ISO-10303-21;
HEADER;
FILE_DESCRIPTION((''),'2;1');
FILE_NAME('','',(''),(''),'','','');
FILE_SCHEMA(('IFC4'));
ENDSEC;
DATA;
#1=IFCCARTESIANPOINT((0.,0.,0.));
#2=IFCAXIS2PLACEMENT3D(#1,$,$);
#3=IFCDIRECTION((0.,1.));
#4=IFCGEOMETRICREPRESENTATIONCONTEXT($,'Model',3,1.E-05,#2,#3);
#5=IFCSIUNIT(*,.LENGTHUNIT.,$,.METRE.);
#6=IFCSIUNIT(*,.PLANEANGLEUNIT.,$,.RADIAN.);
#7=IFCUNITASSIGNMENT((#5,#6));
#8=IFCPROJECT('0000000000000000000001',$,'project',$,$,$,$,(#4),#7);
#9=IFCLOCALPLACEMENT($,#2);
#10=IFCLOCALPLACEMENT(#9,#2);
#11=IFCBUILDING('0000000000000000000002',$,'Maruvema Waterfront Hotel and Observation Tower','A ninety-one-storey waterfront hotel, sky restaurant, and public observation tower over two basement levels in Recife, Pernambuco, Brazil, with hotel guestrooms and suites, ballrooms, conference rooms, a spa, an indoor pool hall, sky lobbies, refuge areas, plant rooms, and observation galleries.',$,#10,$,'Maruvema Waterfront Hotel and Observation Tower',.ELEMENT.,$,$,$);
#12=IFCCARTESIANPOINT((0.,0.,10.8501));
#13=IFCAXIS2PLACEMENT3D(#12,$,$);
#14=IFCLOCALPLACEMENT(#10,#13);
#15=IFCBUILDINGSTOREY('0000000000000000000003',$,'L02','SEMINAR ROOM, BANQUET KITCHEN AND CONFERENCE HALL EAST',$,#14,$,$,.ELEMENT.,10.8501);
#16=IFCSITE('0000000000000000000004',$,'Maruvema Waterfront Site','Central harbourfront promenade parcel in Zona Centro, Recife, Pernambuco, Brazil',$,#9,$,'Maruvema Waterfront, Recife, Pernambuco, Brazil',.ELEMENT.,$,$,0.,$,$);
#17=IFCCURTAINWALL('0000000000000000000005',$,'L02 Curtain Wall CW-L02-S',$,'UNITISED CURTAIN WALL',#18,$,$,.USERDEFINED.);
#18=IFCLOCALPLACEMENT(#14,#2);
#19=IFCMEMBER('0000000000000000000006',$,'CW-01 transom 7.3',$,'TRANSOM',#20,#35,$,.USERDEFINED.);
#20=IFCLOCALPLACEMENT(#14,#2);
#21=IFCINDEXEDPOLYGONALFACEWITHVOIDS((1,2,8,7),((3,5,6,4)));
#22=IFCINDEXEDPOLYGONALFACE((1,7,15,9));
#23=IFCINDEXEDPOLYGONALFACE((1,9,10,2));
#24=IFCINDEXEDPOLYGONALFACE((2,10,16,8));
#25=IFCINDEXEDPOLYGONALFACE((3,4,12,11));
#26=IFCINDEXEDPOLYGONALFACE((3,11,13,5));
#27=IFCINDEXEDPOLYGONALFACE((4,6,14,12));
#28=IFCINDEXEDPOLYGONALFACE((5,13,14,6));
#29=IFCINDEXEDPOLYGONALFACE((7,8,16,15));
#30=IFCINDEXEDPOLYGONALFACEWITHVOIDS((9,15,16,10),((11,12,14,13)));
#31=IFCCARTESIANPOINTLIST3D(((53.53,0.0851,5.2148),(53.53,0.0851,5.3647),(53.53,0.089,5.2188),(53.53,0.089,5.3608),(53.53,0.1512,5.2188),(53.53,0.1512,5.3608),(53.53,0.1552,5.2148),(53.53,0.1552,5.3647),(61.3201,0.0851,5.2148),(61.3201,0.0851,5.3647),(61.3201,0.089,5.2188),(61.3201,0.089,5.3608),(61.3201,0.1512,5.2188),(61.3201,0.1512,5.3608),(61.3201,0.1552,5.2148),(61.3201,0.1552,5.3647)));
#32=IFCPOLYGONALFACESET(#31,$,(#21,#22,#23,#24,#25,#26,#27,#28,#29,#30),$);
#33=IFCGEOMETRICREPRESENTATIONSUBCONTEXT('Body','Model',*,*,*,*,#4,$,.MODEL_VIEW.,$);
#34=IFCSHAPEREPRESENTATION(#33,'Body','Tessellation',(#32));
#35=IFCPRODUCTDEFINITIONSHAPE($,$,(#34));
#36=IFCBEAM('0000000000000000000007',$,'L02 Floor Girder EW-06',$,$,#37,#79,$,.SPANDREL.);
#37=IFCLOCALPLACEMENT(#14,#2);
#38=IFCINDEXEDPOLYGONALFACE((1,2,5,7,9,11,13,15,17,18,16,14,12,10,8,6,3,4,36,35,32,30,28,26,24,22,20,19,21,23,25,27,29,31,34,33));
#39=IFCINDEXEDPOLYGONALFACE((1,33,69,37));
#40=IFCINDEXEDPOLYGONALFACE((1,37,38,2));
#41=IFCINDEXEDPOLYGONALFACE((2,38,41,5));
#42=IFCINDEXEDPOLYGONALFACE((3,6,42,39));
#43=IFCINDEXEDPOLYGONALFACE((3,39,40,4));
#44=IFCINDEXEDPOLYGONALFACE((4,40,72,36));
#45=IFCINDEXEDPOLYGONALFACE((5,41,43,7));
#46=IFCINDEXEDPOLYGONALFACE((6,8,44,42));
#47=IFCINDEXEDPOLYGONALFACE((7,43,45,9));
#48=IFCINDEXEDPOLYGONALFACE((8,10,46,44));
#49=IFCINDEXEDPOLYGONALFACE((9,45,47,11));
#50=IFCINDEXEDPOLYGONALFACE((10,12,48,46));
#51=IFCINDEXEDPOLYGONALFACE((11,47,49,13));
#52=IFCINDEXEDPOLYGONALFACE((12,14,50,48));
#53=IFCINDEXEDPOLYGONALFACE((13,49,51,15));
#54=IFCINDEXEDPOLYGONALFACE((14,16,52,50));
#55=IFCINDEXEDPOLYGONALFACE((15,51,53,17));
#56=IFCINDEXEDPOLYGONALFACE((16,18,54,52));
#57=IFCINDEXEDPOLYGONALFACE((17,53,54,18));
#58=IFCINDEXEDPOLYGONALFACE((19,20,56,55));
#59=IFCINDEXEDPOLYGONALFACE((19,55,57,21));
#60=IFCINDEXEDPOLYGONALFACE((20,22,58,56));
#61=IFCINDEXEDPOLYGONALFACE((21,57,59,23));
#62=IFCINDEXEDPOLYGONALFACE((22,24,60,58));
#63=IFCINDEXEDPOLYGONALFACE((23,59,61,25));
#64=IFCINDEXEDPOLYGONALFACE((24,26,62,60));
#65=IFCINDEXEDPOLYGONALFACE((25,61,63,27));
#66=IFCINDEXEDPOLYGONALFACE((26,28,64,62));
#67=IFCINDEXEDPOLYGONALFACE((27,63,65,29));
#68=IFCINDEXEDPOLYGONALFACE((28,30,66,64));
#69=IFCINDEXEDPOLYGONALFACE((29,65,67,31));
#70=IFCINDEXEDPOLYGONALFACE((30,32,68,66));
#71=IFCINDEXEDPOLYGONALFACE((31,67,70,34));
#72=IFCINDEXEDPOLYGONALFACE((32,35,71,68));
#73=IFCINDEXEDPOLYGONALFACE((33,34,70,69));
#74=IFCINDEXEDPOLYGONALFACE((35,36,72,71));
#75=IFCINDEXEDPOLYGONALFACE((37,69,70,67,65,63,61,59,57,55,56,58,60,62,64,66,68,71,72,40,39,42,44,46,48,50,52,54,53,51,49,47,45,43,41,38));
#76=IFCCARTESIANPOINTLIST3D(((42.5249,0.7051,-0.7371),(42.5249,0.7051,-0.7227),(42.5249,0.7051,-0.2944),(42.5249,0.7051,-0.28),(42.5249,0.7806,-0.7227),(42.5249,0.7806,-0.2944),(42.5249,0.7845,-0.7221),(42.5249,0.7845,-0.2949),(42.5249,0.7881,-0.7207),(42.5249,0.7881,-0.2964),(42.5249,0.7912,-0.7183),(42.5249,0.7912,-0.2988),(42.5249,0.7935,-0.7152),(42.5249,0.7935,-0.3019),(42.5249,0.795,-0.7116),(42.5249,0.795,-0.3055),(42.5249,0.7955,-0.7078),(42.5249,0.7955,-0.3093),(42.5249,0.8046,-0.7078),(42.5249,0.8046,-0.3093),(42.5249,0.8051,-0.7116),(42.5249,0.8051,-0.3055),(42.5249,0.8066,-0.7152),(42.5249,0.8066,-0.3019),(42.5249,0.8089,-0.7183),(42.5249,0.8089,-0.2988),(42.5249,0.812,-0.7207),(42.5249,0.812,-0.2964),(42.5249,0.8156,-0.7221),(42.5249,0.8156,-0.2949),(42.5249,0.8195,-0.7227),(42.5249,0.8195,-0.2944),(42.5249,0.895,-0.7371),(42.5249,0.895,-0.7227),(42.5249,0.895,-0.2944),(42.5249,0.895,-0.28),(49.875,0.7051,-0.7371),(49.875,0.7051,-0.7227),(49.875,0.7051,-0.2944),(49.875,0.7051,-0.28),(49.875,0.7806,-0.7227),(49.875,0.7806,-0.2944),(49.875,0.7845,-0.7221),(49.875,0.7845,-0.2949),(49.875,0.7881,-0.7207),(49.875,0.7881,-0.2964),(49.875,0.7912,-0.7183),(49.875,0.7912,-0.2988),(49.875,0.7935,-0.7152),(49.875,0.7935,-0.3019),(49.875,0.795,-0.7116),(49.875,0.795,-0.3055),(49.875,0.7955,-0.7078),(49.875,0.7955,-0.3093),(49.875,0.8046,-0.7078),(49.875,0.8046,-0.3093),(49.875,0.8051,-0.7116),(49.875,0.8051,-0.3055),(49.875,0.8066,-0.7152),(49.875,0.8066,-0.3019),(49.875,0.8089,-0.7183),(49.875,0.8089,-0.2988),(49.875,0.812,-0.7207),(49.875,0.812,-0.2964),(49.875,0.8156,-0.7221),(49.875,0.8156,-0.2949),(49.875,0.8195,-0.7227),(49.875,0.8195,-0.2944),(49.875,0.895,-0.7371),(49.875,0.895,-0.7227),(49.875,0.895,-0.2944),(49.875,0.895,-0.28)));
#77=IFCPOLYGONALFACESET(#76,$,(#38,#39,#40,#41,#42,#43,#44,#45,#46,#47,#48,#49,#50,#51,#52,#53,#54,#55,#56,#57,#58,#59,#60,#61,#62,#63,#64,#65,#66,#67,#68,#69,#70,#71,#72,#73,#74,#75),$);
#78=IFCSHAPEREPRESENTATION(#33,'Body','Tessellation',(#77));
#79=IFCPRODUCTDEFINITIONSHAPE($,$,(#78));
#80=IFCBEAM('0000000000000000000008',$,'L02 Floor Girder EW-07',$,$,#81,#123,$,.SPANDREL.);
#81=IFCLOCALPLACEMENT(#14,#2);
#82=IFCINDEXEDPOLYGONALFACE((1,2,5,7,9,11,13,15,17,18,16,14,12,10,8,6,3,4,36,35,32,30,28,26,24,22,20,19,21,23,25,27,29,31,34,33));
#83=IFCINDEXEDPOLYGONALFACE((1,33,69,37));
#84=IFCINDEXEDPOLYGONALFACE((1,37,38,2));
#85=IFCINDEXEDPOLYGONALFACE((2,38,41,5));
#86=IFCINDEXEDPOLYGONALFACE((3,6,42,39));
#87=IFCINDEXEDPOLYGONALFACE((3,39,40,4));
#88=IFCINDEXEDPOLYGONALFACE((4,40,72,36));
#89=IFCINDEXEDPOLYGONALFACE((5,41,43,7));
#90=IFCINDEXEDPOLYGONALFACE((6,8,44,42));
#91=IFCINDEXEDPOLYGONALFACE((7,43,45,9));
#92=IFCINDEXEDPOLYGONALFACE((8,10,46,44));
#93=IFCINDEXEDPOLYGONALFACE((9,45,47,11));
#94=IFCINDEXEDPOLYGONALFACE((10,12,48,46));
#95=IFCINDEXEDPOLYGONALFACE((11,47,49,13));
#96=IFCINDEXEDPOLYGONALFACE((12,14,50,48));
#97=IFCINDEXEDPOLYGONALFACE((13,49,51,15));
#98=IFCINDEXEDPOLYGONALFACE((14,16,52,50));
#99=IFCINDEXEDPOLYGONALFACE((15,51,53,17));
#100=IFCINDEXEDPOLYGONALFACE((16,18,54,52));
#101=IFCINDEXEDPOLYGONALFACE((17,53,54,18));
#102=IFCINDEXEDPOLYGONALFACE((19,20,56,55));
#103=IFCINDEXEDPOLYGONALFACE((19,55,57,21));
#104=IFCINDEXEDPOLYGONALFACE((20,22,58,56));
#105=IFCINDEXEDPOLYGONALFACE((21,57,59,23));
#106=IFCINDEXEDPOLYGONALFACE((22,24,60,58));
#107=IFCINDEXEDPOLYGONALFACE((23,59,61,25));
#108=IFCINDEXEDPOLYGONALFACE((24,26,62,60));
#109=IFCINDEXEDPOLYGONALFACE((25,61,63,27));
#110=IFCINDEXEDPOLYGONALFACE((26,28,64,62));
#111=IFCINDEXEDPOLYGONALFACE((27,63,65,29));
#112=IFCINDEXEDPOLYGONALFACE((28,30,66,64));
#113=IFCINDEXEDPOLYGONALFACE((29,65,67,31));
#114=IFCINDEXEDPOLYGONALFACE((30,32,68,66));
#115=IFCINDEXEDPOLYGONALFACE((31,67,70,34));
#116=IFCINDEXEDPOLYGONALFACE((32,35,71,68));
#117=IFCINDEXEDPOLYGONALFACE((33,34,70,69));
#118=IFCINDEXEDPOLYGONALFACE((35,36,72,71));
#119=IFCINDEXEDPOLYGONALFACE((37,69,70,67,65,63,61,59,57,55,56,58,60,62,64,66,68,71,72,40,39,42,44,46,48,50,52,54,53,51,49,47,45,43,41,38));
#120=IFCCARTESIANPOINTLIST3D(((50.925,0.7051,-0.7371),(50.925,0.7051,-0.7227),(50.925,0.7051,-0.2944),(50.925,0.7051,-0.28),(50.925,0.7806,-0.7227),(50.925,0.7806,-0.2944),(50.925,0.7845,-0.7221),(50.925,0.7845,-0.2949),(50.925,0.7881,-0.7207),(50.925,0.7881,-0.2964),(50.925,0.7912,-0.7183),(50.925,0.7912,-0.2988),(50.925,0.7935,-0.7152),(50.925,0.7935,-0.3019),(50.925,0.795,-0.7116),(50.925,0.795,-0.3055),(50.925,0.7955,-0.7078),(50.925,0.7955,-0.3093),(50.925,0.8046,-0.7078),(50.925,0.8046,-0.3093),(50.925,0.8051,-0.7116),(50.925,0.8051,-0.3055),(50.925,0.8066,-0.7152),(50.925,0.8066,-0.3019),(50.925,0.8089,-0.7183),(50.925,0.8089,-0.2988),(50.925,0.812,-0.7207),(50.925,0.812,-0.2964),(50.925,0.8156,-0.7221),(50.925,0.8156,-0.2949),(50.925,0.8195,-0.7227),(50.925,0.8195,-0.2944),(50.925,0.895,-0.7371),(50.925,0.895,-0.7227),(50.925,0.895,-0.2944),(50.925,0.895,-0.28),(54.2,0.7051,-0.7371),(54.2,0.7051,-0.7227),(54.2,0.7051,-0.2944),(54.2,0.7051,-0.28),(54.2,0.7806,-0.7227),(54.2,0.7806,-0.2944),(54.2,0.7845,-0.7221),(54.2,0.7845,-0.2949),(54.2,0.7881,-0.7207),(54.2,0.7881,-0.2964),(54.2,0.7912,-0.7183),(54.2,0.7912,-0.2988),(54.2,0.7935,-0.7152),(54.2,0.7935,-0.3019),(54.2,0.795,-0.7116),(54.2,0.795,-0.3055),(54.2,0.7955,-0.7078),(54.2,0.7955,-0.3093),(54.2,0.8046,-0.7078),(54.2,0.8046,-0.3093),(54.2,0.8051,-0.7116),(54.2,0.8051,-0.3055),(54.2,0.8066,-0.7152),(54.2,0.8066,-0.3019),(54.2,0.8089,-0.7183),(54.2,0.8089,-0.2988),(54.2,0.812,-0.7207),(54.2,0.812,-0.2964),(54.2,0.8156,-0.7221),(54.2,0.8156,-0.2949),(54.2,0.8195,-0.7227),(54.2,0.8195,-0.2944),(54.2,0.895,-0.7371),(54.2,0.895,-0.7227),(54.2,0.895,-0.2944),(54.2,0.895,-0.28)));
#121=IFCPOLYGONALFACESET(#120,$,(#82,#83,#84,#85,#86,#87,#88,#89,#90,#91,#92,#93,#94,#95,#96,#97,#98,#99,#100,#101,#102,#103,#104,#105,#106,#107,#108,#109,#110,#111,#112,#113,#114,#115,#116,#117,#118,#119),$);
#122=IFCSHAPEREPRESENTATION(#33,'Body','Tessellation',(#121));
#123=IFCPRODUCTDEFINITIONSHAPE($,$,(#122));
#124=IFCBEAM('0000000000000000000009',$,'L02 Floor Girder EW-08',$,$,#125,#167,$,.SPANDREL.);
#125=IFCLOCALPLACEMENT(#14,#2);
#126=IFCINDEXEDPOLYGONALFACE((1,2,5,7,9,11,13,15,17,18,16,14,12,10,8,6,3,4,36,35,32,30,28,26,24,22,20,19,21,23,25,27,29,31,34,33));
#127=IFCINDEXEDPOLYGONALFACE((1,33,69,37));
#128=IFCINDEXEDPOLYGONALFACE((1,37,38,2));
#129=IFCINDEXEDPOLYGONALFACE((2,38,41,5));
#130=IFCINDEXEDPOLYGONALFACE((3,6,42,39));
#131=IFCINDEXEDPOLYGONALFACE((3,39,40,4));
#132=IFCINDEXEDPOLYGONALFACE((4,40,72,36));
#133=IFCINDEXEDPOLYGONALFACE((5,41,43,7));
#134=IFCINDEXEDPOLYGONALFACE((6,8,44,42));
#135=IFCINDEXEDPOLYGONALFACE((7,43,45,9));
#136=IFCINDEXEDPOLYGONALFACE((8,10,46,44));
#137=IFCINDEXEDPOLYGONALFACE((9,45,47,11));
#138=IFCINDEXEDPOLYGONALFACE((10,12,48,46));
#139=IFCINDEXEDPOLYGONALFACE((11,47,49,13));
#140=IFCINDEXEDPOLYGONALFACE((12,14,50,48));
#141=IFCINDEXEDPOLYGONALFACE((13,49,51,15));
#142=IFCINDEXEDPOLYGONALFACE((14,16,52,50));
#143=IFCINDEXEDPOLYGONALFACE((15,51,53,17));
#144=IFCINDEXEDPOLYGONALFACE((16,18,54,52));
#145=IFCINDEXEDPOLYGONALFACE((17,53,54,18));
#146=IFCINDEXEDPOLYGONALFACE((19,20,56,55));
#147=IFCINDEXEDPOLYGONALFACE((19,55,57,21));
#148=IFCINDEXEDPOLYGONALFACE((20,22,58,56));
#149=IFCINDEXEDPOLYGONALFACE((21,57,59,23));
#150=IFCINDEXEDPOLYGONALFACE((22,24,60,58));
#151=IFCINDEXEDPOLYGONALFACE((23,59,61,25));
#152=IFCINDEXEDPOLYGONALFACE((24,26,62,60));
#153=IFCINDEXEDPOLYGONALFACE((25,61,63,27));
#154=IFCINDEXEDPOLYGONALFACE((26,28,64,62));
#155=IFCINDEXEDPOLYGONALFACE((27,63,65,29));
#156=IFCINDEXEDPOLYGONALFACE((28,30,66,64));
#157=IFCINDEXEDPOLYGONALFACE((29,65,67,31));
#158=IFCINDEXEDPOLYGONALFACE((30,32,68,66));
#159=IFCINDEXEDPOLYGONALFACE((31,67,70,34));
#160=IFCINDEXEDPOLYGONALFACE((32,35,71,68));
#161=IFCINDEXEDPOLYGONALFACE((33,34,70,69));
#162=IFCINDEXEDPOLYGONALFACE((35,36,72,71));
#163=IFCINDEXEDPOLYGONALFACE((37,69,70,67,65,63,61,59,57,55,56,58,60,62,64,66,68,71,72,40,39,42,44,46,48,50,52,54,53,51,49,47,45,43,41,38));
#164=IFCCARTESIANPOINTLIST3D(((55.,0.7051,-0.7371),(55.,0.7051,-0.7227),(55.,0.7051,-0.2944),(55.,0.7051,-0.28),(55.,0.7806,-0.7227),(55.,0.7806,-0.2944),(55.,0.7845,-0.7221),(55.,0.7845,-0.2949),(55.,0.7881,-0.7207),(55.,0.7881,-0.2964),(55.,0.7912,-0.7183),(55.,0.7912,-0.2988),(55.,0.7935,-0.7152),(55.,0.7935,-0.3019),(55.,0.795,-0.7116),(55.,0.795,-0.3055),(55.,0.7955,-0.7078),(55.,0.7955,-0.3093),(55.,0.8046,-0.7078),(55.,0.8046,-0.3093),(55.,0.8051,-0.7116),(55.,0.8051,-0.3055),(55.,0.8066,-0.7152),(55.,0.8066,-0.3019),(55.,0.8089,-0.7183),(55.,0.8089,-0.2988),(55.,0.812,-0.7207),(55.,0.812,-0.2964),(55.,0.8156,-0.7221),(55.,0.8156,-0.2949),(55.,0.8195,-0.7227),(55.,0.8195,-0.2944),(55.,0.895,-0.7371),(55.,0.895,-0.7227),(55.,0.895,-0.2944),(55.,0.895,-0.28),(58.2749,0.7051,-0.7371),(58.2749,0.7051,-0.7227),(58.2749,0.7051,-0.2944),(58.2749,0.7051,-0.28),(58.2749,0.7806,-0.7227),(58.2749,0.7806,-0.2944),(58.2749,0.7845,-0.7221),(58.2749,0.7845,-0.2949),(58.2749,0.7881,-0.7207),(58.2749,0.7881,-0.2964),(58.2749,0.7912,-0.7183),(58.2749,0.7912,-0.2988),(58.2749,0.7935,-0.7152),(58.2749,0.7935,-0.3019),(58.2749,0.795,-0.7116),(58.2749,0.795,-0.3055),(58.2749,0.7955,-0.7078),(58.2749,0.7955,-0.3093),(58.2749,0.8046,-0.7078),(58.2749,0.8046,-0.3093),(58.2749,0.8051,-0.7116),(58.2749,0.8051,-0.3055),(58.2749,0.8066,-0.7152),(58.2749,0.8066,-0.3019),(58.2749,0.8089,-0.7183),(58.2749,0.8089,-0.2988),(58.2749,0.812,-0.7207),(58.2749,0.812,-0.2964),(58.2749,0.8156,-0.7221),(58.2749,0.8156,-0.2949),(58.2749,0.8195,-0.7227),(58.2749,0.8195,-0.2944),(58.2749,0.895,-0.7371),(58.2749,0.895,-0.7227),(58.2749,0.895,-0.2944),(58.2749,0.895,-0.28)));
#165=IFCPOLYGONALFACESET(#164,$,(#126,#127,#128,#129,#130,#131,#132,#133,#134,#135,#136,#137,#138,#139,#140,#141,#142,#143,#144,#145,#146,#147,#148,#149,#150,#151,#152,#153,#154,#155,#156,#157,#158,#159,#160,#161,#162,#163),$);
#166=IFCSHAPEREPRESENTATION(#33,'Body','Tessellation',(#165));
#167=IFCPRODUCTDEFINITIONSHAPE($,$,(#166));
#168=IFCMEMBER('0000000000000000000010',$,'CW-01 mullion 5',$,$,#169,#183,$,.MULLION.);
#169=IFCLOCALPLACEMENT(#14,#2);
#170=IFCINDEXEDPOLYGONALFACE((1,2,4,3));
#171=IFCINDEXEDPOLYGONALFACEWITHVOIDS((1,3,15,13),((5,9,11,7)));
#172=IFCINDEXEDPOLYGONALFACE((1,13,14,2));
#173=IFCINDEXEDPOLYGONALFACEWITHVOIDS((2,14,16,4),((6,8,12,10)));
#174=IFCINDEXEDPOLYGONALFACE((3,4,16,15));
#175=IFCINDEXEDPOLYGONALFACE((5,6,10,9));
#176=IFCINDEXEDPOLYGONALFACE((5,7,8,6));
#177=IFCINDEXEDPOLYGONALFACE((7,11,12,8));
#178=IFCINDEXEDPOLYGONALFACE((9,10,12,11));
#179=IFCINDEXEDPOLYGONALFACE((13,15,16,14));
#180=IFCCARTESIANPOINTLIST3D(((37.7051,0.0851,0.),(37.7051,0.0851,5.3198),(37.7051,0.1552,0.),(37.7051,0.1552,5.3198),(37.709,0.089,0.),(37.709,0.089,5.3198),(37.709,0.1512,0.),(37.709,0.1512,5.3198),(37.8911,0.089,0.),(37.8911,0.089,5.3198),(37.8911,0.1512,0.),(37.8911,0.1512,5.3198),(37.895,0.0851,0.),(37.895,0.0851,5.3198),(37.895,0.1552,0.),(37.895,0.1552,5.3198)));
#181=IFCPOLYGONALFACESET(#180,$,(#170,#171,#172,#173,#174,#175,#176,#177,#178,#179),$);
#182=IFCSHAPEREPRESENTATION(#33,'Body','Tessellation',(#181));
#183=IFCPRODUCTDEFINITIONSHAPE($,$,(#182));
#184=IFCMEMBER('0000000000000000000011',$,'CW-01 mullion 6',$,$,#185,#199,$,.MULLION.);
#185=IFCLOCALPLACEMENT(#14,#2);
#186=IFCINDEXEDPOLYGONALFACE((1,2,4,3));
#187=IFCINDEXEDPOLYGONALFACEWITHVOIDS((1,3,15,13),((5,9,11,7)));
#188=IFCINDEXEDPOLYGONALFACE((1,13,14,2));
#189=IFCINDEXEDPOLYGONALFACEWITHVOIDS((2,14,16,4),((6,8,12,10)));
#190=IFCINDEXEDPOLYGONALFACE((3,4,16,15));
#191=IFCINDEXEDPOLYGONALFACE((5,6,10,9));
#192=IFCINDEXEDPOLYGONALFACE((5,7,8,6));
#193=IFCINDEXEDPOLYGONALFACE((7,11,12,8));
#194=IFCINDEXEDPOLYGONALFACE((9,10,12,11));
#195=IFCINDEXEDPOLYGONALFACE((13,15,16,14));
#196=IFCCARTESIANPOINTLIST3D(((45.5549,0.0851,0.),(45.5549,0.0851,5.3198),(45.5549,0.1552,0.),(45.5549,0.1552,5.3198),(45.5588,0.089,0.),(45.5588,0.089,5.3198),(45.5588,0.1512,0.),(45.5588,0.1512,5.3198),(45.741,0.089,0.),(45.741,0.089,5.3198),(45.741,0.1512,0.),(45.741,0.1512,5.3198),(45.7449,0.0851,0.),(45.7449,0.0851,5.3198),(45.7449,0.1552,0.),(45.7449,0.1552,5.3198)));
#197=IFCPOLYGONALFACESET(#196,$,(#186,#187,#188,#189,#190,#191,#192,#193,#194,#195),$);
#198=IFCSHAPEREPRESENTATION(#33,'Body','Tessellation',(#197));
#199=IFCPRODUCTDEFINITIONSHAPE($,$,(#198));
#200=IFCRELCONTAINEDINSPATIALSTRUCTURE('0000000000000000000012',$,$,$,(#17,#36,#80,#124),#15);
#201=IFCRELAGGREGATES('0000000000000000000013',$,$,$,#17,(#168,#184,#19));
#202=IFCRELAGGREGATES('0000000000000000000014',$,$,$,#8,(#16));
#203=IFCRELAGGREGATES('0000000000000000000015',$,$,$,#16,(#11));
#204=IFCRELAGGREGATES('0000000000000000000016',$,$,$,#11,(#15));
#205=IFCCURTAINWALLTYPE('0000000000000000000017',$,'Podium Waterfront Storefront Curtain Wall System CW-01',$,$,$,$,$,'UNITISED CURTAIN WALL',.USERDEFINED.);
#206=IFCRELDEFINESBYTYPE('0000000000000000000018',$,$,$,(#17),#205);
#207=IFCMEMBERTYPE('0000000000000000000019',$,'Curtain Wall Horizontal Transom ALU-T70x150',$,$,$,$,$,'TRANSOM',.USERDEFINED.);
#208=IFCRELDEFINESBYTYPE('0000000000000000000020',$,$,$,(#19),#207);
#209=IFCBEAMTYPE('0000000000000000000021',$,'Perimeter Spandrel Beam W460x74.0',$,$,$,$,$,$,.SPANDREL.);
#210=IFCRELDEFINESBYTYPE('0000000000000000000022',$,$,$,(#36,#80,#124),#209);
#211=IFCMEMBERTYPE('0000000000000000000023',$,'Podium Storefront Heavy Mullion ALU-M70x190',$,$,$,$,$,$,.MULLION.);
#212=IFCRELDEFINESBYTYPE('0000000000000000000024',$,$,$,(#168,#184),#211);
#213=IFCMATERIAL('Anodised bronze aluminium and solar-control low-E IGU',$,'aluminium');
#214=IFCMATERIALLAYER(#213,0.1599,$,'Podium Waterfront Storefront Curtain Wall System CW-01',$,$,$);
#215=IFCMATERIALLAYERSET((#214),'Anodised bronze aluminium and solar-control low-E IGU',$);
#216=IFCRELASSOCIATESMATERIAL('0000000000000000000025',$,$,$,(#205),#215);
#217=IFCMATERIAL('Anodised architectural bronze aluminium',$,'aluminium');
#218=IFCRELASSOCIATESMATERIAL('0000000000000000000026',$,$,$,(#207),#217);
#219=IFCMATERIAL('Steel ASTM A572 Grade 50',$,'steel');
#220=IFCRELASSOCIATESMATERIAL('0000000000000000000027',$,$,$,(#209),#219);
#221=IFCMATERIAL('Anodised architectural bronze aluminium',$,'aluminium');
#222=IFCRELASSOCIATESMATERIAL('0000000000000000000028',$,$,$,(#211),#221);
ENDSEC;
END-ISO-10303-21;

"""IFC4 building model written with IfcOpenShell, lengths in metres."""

from ifc_helpers import new_model, si_unit, direction, frame, origin, origin_2d, place, context, subcontext, project, spatial, hollow_rectangle, i_section, extrude, material, layer, layer_set, material_profile, profile_set, type_object, element, aggregate, save


model = new_model("IFC4")

# Units and contexts
model_context = context("Model", 3, precision=1e-05, world=origin(), true_north=direction((0.0, 1.0)))
body_context = subcontext(model_context, "Body", "Model", "MODEL_VIEW")
ifc_project = project(units=[si_unit("LENGTHUNIT", "METRE"), si_unit("PLANEANGLEUNIT", "RADIAN")], contexts=[model_context])

# Site, building, storey
site_placement = place(None, origin())
site = spatial("IfcSite", under=ifc_project, at=site_placement, Name="Maruvema Waterfront Site", Description="Central harbourfront promenade parcel in Zona Centro, Recife, Pernambuco, Brazil", LongName="Maruvema Waterfront, Recife, Pernambuco, Brazil", CompositionType="ELEMENT", RefElevation=0.0)
building_placement = place(site_placement, origin())
building = spatial("IfcBuilding", under=site, at=building_placement, Name="Maruvema Waterfront Hotel and Observation Tower", Description="A ninety-one-storey waterfront hotel, sky restaurant, and public observation tower over two basement levels in Recife, Pernambuco, Brazil, with hotel guestrooms and suites, ballrooms, conference rooms, a spa, an indoor pool hall, sky lobbies, refuge areas, plant rooms, and observation galleries.", LongName="Maruvema Waterfront Hotel and Observation Tower", CompositionType="ELEMENT")
storey_placement = place(building_placement, frame((0.0, 0.0, 10.8501)))
storey = spatial("IfcBuildingStorey", under=building, at=storey_placement, Name="L02", Description="SEMINAR ROOM, BANQUET KITCHEN AND CONFERENCE HALL EAST", CompositionType="ELEMENT", Elevation=10.8501)

# Curtain wall, member
ifc_material_1 = material(Name="Anodised bronze aluminium and solar-control low-E IGU", Category="aluminium")
ifc_layer_1 = layer(ifc_material_1, 0.1599, Name="Podium Waterfront Storefront Curtain Wall System CW-01")
ifc_layer_set_1 = layer_set([ifc_layer_1], Name="Anodised bronze aluminium and solar-control low-E IGU")
curtain_wall_type = type_object("IfcCurtainWallType", Name="Podium Waterfront Storefront Curtain Wall System CW-01", ElementType="UNITISED CURTAIN WALL", PredefinedType="USERDEFINED", material=ifc_layer_set_1)
curtain_wall_placement = place(storey_placement, origin())
curtain_wall = element("IfcCurtainWall", 1, at=curtain_wall_placement, inside=storey, type_object=curtain_wall_type, Name="L02 Curtain Wall CW-L02-S", ObjectType="UNITISED CURTAIN WALL", PredefinedType="USERDEFINED")
ifc_material_2 = material(Name="Anodised architectural bronze aluminium", Category="aluminium")
ifc_material_profile_1 = material_profile(ifc_material_2, hollow_rectangle(XDim=0.0701, YDim=0.1499, WallThickness=0.0039, at=origin_2d()), Name="ALU-T70x150")
ifc_profile_set_1 = profile_set([ifc_material_profile_1], Name="Anodised architectural bronze aluminium")
member_type_1 = type_object("IfcMemberType", Name="Curtain Wall Horizontal Transom ALU-T70x150", ElementType="TRANSOM", PredefinedType="USERDEFINED", material=ifc_profile_set_1)
member_1_placement = place(storey_placement, frame((53.53, 0.1201, 5.2898), z_axis=(1.0, 0.0, 0.0), x_axis=(0.0, 1.0, 0.0)))
member_1 = element("IfcMember", 2, at=member_1_placement, type_object=member_type_1, Name="CW-01 transom 7.3", ObjectType="TRANSOM", PredefinedType="USERDEFINED", context=body_context, shape_type="SweptSolid", body=[
    extrude(hollow_rectangle(XDim=0.0701, YDim=0.1499, WallThickness=0.0039, at=origin_2d()), origin(), (0.0, 0.0, 1.0), 7.79),
])

# Beams
ifc_material_3 = material(Name="Steel ASTM A572 Grade 50", Category="steel")
ifc_material_profile_2 = material_profile(ifc_material_3, i_section(OverallWidth=0.1899, OverallDepth=0.457, WebThickness=0.009, FlangeThickness=0.0144, FilletRadius=0.0149, at=origin_2d()), Name="W460x74.0")
ifc_profile_set_2 = profile_set([ifc_material_profile_2], Name="Steel ASTM A572 Grade 50")
beam_type_1 = type_object("IfcBeamType", Name="Perimeter Spandrel Beam W460x74.0", PredefinedType="SPANDREL", material=ifc_profile_set_2)
beam_1_placement = place(storey_placement, frame((42.5249, 0.8, -0.5085), z_axis=(1.0, 0.0, 0.0), x_axis=(0.0, 1.0, 0.0)))
element("IfcBeam", 3, at=beam_1_placement, inside=storey, type_object=beam_type_1, Name="L02 Floor Girder EW-06", PredefinedType="SPANDREL", context=body_context, shape_type="SweptSolid", body=[
    extrude(i_section(OverallWidth=0.1899, OverallDepth=0.457, WebThickness=0.009, FlangeThickness=0.0144, FilletRadius=0.0149, at=origin_2d()), origin(), (0.0, 0.0, 1.0), 7.3501),
])
for number, where, z_axis, x_axis, name in (
    (4, (50.925, 0.8, -0.5085), (1.0, 0.0, 0.0), (0.0, 1.0, 0.0), "L02 Floor Girder EW-07"),
    (5, (55.0, 0.8, -0.5085), (1.0, 0.0, 0.0), (0.0, 1.0, 0.0), "L02 Floor Girder EW-08"),
):
    element("IfcBeam", number, at=place(storey_placement, frame(where, z_axis=z_axis, x_axis=x_axis)), inside=storey, type_object=beam_type_1, Name=name, PredefinedType="SPANDREL", context=body_context, shape_type="SweptSolid", body=[
        extrude(i_section(OverallWidth=0.1899, OverallDepth=0.457, WebThickness=0.009, FlangeThickness=0.0144, FilletRadius=0.0149, at=origin_2d()), origin(), (0.0, 0.0, 1.0), 3.2749),
    ])

# Members
ifc_material_4 = material(Name="Anodised architectural bronze aluminium", Category="aluminium")
ifc_material_profile_3 = material_profile(ifc_material_4, hollow_rectangle(XDim=0.0701, YDim=0.1899, WallThickness=0.0039, at=origin_2d()), Name="ALU-M70x190")
ifc_profile_set_3 = profile_set([ifc_material_profile_3], Name="Anodised architectural bronze aluminium")
member_type_2 = type_object("IfcMemberType", Name="Podium Storefront Heavy Mullion ALU-M70x190", PredefinedType="MULLION", material=ifc_profile_set_3)
member_2_placement = place(storey_placement, frame((37.8, 0.1201, 0.0), z_axis=(0.0, 0.0, 1.0), x_axis=(0.0, 1.0, 0.0)))
member_2 = element("IfcMember", 6, at=member_2_placement, type_object=member_type_2, Name="CW-01 mullion 5", PredefinedType="MULLION", context=body_context, shape_type="SweptSolid", body=[
    extrude(hollow_rectangle(XDim=0.0701, YDim=0.1899, WallThickness=0.0039, at=origin_2d()), origin(), (0.0, 0.0, 1.0), 5.3198),
])
member_3_placement = place(storey_placement, frame((45.6499, 0.1201, 0.0), z_axis=(0.0, 0.0, 1.0), x_axis=(0.0, 1.0, 0.0)))
member_3 = element("IfcMember", 7, at=member_3_placement, type_object=member_type_2, Name="CW-01 mullion 6", PredefinedType="MULLION", context=body_context, shape_type="SweptSolid", body=[
    extrude(hollow_rectangle(XDim=0.0701, YDim=0.1899, WallThickness=0.0039, at=origin_2d()), origin(), (0.0, 0.0, 1.0), 5.3198),
])

aggregate(curtain_wall, [member_2, member_3, member_1])

save(model, "model.ifc")
